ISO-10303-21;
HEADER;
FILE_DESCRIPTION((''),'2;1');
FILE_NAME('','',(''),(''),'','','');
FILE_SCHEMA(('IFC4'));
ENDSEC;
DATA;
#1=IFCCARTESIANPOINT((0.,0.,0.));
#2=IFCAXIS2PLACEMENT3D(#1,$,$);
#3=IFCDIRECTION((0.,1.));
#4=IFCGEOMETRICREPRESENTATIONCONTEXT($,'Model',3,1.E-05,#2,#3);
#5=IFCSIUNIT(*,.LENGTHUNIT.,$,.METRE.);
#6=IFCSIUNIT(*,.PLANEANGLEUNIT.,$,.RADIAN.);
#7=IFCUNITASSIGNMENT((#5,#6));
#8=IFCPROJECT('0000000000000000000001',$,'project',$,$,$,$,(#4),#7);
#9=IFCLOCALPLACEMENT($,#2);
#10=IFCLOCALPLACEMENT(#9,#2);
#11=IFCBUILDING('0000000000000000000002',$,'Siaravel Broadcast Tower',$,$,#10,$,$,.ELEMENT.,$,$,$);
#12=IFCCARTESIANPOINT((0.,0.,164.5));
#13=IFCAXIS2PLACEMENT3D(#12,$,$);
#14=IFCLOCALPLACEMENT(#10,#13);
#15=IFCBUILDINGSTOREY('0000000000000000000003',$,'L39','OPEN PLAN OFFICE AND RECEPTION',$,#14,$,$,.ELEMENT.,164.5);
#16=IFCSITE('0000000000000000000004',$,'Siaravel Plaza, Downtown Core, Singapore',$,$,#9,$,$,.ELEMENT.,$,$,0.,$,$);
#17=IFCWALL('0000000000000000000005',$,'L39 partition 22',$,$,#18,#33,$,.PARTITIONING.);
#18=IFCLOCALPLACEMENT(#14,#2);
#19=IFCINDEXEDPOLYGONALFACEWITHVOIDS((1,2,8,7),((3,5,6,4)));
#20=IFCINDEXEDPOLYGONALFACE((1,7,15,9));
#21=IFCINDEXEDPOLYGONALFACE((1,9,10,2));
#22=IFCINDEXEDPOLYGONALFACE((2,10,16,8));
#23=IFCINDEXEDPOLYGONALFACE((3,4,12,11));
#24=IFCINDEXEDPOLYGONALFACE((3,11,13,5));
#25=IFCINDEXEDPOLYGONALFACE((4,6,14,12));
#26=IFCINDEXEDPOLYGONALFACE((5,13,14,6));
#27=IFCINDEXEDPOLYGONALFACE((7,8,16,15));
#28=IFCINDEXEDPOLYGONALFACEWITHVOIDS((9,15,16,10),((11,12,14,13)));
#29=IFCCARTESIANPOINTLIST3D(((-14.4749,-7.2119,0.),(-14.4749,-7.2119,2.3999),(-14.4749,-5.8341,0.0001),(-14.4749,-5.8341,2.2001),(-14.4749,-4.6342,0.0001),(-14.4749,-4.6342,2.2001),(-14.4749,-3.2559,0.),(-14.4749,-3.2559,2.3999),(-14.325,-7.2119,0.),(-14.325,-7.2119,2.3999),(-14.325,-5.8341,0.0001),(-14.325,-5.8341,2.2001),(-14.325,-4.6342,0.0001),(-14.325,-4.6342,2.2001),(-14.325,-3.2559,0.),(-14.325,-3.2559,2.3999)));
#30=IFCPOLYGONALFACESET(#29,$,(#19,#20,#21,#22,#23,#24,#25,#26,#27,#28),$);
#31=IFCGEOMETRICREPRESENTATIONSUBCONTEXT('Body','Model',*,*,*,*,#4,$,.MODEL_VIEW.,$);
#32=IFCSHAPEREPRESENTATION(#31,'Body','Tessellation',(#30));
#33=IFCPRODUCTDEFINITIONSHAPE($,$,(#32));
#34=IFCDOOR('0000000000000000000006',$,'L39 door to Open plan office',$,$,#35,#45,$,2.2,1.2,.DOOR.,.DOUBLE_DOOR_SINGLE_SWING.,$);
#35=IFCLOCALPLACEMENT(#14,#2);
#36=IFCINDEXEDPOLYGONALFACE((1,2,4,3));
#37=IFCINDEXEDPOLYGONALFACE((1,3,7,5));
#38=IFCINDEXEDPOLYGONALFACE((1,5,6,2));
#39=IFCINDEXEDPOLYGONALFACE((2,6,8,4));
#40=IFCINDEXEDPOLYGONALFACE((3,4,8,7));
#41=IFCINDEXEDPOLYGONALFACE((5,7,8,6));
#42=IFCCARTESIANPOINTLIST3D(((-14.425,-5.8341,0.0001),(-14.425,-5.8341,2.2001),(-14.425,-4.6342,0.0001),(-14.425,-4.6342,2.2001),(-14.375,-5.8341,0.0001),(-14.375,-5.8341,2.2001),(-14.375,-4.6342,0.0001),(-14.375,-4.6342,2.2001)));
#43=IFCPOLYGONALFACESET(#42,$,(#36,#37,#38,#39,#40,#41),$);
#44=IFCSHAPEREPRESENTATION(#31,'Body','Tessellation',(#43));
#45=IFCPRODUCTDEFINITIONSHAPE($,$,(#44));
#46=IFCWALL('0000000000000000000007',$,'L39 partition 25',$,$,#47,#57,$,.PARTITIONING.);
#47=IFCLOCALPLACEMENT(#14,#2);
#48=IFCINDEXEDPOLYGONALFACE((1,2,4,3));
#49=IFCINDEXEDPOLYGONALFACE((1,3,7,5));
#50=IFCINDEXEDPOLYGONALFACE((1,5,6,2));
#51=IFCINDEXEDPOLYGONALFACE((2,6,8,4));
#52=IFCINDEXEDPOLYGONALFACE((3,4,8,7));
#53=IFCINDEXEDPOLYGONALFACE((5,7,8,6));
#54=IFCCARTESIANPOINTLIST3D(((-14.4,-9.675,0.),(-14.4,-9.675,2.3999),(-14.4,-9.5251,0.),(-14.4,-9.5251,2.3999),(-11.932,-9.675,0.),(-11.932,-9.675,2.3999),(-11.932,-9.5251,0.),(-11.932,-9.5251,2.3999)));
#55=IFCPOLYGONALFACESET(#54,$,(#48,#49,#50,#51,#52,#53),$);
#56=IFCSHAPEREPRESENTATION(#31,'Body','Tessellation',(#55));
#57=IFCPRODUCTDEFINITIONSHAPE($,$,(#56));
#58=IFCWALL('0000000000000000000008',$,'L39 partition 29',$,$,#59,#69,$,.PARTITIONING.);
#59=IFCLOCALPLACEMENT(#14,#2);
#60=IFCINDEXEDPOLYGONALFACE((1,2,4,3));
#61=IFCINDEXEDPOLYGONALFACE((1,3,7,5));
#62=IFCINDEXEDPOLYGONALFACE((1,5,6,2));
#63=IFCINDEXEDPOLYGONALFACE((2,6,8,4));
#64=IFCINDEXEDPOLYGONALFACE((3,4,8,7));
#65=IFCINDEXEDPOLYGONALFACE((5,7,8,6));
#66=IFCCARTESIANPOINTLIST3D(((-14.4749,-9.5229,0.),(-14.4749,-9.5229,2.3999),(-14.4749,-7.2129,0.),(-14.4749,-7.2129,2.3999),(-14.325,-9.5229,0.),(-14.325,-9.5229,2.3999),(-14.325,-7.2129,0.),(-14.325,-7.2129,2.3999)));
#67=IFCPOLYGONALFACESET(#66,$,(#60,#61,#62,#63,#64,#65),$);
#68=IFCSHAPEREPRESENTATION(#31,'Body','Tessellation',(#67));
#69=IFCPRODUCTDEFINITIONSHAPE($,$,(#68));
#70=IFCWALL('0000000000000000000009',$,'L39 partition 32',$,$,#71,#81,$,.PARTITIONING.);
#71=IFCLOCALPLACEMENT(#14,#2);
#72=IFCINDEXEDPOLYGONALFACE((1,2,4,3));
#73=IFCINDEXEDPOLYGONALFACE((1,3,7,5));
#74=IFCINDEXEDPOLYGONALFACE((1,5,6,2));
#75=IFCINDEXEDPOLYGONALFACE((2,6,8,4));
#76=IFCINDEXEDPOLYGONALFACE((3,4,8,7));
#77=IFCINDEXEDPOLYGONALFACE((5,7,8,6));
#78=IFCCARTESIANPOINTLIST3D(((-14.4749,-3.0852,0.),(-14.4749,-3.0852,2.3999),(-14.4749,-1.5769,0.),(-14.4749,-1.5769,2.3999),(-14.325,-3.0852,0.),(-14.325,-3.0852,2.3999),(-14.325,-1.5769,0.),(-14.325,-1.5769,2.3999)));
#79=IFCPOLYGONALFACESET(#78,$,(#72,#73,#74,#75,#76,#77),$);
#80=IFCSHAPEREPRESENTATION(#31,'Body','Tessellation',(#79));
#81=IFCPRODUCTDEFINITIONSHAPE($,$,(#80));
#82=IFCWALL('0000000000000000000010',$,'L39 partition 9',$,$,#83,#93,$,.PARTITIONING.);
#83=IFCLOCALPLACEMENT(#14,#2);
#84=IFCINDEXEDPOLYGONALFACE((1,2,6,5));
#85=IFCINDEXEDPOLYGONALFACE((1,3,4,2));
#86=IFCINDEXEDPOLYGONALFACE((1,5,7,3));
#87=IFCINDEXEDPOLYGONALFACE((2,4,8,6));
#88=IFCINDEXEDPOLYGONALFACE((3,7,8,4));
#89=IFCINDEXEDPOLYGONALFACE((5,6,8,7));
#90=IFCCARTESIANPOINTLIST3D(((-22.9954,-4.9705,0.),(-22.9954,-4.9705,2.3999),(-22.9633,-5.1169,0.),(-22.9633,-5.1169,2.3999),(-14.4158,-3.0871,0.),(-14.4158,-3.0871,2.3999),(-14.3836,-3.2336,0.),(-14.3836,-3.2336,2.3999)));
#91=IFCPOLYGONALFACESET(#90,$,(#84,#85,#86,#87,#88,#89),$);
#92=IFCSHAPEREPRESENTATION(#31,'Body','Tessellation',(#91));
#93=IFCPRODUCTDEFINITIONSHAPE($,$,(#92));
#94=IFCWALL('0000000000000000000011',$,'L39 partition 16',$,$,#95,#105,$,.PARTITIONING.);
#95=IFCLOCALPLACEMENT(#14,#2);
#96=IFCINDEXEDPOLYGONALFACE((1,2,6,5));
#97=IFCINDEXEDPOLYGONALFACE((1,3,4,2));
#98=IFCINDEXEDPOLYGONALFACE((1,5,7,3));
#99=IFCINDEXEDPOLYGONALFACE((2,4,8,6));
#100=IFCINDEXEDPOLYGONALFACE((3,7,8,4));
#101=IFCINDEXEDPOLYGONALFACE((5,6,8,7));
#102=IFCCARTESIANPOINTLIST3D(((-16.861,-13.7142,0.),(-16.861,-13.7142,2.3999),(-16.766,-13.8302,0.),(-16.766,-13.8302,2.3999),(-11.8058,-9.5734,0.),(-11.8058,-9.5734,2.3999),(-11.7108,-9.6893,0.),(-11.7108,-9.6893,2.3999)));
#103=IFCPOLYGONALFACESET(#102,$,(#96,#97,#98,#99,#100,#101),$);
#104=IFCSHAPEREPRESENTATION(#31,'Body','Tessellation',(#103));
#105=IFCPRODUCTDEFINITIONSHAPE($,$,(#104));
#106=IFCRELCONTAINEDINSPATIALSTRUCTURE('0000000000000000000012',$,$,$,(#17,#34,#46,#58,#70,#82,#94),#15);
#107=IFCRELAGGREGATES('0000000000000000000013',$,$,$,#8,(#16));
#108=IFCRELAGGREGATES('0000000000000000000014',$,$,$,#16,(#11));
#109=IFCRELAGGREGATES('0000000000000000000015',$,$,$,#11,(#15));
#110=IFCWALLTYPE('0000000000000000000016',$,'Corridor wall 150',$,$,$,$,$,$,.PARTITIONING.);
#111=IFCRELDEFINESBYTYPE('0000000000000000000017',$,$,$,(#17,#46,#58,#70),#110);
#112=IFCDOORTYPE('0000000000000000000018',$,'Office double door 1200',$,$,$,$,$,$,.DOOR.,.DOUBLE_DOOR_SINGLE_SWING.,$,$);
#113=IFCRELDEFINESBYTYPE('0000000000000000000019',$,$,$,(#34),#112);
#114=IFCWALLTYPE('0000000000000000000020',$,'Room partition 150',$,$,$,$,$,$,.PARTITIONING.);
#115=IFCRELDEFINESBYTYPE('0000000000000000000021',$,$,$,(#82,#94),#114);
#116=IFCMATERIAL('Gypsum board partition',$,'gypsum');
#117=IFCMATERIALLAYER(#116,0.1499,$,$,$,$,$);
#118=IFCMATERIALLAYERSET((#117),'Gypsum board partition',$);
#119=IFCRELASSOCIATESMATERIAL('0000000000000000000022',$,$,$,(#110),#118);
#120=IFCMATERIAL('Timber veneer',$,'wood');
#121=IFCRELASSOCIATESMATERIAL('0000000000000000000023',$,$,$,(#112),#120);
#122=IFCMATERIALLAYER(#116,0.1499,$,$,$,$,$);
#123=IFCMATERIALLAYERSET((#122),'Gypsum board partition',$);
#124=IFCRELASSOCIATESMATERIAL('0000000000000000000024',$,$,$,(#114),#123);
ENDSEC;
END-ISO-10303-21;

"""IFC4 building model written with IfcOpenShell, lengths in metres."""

from ifc_helpers import new_model, si_unit, direction, frame, frame_2d, origin, place, context, subcontext, project, spatial, rectangle, extrude, material, layer, layer_set, type_object, element, fill, save


model = new_model("IFC4")

# Units and contexts
model_context = context("Model", 3, precision=1e-05, world=origin(), true_north=direction((0.0, 1.0)))
body_context = subcontext(model_context, "Body", "Model", "MODEL_VIEW")
ifc_project = project(units=[si_unit("LENGTHUNIT", "METRE"), si_unit("PLANEANGLEUNIT", "RADIAN")], contexts=[model_context])

# Site, building, storey
site_placement = place(None, origin())
site = spatial("IfcSite", under=ifc_project, at=site_placement, Name="Siaravel Plaza, Downtown Core, Singapore", CompositionType="ELEMENT", RefElevation=0.0)
building_placement = place(site_placement, origin())
building = spatial("IfcBuilding", under=site, at=building_placement, Name="Siaravel Broadcast Tower", CompositionType="ELEMENT")
storey_placement = place(building_placement, frame((0.0, 0.0, 164.5)))
storey = spatial("IfcBuildingStorey", under=building, at=storey_placement, Name="L39", Description="OPEN PLAN OFFICE AND RECEPTION", CompositionType="ELEMENT", Elevation=164.5)

# Wall, opening, door
ifc_material_1 = material(Name="Gypsum board partition", Category="gypsum")
ifc_layer_1 = layer(ifc_material_1, 0.1499)
ifc_layer_set_1 = layer_set([ifc_layer_1], Name="Gypsum board partition")
wall_type_1 = type_object("IfcWallType", Name="Corridor wall 150", PredefinedType="PARTITIONING", material=ifc_layer_set_1)
ifc_material_2 = material(Name="Timber veneer", Category="wood")
door_type = type_object("IfcDoorType", Name="Office double door 1200", OperationType="DOUBLE_DOOR_SINGLE_SWING", PredefinedType="DOOR", material=ifc_material_2)
wall_1_placement = place(storey_placement, frame((-14.3999, -3.2559, 0.0), z_axis=(0.0, 0.0, 1.0), x_axis=(0.0, -1.0, 0.0)))
wall_1 = element("IfcWall", 1, at=wall_1_placement, inside=storey, type_object=wall_type_1, Name="L39 partition 22", PredefinedType="PARTITIONING", context=body_context, shape_type="SweptSolid", body=[
    extrude(rectangle(XDim=3.9561, YDim=0.1499, at=frame_2d((1.978, 0.0))), origin(), (0.0, 0.0, 1.0), 2.3999),
])
opening_1_placement = place(wall_1_placement, frame((1.3782, 0.0, 0.0)))
opening_1 = element("IfcOpeningElement", 2, at=opening_1_placement, cuts=wall_1, PredefinedType="OPENING", context=body_context, shape_type="SweptSolid", body=[
    extrude(rectangle(XDim=1.2, YDim=2.2, at=frame_2d((0.6001, 1.1001))), frame((0.0, 0.085, 0.0), z_axis=(0.0, -1.0, 0.0), x_axis=(1.0, 0.0, 0.0)), (0.0, 0.0, 1.0), 0.1699),
])
door_1_placement = place(opening_1_placement, origin())
door_1 = element("IfcDoor", 3, at=door_1_placement, inside=storey, type_object=door_type, Name="L39 door to Open plan office", OperationType="DOUBLE_DOOR_SINGLE_SWING", OverallHeight=2.2, OverallWidth=1.2, PredefinedType="DOOR", context=body_context, shape_type="SweptSolid", body=[
    extrude(rectangle(XDim=1.2, YDim=2.2, at=frame_2d((0.6001, 1.1001))), frame((0.0, 0.0249, 0.0), z_axis=(0.0, -1.0, 0.0), x_axis=(1.0, 0.0, 0.0)), (0.0, 0.0, 1.0), 0.05),
])
fill(opening_1, door_1)

# Walls
wall_2_placement = place(storey_placement, frame((-14.3999, -9.6001, 0.0), z_axis=(0.0, 0.0, 1.0), x_axis=(1.0, 0.0, 0.0)))
element("IfcWall", 4, at=wall_2_placement, inside=storey, type_object=wall_type_1, Name="L39 partition 25", PredefinedType="PARTITIONING", context=body_context, shape_type="SweptSolid", body=[
    extrude(rectangle(XDim=2.468, YDim=0.1499, at=frame_2d((1.2339, 0.0))), origin(), (0.0, 0.0, 1.0), 2.3999),
])
wall_3_placement = place(storey_placement, frame((-14.3999, -7.2129, 0.0), z_axis=(0.0, 0.0, 1.0), x_axis=(0.0, -1.0, 0.0)))
element("IfcWall", 5, at=wall_3_placement, inside=storey, type_object=wall_type_1, Name="L39 partition 29", PredefinedType="PARTITIONING", context=body_context, shape_type="SweptSolid", body=[
    extrude(rectangle(XDim=2.3101, YDim=0.1499, at=frame_2d((1.155, 0.0))), origin(), (0.0, 0.0, 1.0), 2.3999),
])
wall_4_placement = place(storey_placement, frame((-14.3999, -1.5769, 0.0), z_axis=(0.0, 0.0, 1.0), x_axis=(0.0, -1.0, 0.0)))
element("IfcWall", 6, at=wall_4_placement, inside=storey, type_object=wall_type_1, Name="L39 partition 32", PredefinedType="PARTITIONING", context=body_context, shape_type="SweptSolid", body=[
    extrude(rectangle(XDim=1.5083, YDim=0.1499, at=frame_2d((0.7542, 0.0))), origin(), (0.0, 0.0, 1.0), 2.3999),
])
ifc_layer_2 = layer(ifc_material_1, 0.1499)
ifc_layer_set_2 = layer_set([ifc_layer_2], Name="Gypsum board partition")
wall_type_2 = type_object("IfcWallType", Name="Room partition 150", PredefinedType="PARTITIONING", material=ifc_layer_set_2)
wall_5_placement = place(storey_placement, frame((-22.9795, -5.0437, 0.0), z_axis=(0.0, 0.0, 1.0), x_axis=(0.976745, 0.214405, 0.0)))
element("IfcWall", 7, at=wall_5_placement, inside=storey, type_object=wall_type_2, Name="L39 partition 9", PredefinedType="PARTITIONING", context=body_context, shape_type="SweptSolid", body=[
    extrude(rectangle(XDim=8.7839, YDim=0.1499, at=frame_2d((4.3921, 0.0))), origin(), (0.0, 0.0, 1.0), 2.3999),
])
wall_6_placement = place(storey_placement, frame((-16.8135, -13.7722, 0.0), z_axis=(0.0, 0.0, 1.0), x_axis=(0.773596, 0.633679, 0.0)))
element("IfcWall", 8, at=wall_6_placement, inside=storey, type_object=wall_type_2, Name="L39 partition 16", PredefinedType="PARTITIONING", context=body_context, shape_type="SweptSolid", body=[
    extrude(rectangle(XDim=6.5347, YDim=0.1499, at=frame_2d((3.2673, 0.0))), origin(), (0.0, 0.0, 1.0), 2.3999),
])

save(model, "model.ifc")
